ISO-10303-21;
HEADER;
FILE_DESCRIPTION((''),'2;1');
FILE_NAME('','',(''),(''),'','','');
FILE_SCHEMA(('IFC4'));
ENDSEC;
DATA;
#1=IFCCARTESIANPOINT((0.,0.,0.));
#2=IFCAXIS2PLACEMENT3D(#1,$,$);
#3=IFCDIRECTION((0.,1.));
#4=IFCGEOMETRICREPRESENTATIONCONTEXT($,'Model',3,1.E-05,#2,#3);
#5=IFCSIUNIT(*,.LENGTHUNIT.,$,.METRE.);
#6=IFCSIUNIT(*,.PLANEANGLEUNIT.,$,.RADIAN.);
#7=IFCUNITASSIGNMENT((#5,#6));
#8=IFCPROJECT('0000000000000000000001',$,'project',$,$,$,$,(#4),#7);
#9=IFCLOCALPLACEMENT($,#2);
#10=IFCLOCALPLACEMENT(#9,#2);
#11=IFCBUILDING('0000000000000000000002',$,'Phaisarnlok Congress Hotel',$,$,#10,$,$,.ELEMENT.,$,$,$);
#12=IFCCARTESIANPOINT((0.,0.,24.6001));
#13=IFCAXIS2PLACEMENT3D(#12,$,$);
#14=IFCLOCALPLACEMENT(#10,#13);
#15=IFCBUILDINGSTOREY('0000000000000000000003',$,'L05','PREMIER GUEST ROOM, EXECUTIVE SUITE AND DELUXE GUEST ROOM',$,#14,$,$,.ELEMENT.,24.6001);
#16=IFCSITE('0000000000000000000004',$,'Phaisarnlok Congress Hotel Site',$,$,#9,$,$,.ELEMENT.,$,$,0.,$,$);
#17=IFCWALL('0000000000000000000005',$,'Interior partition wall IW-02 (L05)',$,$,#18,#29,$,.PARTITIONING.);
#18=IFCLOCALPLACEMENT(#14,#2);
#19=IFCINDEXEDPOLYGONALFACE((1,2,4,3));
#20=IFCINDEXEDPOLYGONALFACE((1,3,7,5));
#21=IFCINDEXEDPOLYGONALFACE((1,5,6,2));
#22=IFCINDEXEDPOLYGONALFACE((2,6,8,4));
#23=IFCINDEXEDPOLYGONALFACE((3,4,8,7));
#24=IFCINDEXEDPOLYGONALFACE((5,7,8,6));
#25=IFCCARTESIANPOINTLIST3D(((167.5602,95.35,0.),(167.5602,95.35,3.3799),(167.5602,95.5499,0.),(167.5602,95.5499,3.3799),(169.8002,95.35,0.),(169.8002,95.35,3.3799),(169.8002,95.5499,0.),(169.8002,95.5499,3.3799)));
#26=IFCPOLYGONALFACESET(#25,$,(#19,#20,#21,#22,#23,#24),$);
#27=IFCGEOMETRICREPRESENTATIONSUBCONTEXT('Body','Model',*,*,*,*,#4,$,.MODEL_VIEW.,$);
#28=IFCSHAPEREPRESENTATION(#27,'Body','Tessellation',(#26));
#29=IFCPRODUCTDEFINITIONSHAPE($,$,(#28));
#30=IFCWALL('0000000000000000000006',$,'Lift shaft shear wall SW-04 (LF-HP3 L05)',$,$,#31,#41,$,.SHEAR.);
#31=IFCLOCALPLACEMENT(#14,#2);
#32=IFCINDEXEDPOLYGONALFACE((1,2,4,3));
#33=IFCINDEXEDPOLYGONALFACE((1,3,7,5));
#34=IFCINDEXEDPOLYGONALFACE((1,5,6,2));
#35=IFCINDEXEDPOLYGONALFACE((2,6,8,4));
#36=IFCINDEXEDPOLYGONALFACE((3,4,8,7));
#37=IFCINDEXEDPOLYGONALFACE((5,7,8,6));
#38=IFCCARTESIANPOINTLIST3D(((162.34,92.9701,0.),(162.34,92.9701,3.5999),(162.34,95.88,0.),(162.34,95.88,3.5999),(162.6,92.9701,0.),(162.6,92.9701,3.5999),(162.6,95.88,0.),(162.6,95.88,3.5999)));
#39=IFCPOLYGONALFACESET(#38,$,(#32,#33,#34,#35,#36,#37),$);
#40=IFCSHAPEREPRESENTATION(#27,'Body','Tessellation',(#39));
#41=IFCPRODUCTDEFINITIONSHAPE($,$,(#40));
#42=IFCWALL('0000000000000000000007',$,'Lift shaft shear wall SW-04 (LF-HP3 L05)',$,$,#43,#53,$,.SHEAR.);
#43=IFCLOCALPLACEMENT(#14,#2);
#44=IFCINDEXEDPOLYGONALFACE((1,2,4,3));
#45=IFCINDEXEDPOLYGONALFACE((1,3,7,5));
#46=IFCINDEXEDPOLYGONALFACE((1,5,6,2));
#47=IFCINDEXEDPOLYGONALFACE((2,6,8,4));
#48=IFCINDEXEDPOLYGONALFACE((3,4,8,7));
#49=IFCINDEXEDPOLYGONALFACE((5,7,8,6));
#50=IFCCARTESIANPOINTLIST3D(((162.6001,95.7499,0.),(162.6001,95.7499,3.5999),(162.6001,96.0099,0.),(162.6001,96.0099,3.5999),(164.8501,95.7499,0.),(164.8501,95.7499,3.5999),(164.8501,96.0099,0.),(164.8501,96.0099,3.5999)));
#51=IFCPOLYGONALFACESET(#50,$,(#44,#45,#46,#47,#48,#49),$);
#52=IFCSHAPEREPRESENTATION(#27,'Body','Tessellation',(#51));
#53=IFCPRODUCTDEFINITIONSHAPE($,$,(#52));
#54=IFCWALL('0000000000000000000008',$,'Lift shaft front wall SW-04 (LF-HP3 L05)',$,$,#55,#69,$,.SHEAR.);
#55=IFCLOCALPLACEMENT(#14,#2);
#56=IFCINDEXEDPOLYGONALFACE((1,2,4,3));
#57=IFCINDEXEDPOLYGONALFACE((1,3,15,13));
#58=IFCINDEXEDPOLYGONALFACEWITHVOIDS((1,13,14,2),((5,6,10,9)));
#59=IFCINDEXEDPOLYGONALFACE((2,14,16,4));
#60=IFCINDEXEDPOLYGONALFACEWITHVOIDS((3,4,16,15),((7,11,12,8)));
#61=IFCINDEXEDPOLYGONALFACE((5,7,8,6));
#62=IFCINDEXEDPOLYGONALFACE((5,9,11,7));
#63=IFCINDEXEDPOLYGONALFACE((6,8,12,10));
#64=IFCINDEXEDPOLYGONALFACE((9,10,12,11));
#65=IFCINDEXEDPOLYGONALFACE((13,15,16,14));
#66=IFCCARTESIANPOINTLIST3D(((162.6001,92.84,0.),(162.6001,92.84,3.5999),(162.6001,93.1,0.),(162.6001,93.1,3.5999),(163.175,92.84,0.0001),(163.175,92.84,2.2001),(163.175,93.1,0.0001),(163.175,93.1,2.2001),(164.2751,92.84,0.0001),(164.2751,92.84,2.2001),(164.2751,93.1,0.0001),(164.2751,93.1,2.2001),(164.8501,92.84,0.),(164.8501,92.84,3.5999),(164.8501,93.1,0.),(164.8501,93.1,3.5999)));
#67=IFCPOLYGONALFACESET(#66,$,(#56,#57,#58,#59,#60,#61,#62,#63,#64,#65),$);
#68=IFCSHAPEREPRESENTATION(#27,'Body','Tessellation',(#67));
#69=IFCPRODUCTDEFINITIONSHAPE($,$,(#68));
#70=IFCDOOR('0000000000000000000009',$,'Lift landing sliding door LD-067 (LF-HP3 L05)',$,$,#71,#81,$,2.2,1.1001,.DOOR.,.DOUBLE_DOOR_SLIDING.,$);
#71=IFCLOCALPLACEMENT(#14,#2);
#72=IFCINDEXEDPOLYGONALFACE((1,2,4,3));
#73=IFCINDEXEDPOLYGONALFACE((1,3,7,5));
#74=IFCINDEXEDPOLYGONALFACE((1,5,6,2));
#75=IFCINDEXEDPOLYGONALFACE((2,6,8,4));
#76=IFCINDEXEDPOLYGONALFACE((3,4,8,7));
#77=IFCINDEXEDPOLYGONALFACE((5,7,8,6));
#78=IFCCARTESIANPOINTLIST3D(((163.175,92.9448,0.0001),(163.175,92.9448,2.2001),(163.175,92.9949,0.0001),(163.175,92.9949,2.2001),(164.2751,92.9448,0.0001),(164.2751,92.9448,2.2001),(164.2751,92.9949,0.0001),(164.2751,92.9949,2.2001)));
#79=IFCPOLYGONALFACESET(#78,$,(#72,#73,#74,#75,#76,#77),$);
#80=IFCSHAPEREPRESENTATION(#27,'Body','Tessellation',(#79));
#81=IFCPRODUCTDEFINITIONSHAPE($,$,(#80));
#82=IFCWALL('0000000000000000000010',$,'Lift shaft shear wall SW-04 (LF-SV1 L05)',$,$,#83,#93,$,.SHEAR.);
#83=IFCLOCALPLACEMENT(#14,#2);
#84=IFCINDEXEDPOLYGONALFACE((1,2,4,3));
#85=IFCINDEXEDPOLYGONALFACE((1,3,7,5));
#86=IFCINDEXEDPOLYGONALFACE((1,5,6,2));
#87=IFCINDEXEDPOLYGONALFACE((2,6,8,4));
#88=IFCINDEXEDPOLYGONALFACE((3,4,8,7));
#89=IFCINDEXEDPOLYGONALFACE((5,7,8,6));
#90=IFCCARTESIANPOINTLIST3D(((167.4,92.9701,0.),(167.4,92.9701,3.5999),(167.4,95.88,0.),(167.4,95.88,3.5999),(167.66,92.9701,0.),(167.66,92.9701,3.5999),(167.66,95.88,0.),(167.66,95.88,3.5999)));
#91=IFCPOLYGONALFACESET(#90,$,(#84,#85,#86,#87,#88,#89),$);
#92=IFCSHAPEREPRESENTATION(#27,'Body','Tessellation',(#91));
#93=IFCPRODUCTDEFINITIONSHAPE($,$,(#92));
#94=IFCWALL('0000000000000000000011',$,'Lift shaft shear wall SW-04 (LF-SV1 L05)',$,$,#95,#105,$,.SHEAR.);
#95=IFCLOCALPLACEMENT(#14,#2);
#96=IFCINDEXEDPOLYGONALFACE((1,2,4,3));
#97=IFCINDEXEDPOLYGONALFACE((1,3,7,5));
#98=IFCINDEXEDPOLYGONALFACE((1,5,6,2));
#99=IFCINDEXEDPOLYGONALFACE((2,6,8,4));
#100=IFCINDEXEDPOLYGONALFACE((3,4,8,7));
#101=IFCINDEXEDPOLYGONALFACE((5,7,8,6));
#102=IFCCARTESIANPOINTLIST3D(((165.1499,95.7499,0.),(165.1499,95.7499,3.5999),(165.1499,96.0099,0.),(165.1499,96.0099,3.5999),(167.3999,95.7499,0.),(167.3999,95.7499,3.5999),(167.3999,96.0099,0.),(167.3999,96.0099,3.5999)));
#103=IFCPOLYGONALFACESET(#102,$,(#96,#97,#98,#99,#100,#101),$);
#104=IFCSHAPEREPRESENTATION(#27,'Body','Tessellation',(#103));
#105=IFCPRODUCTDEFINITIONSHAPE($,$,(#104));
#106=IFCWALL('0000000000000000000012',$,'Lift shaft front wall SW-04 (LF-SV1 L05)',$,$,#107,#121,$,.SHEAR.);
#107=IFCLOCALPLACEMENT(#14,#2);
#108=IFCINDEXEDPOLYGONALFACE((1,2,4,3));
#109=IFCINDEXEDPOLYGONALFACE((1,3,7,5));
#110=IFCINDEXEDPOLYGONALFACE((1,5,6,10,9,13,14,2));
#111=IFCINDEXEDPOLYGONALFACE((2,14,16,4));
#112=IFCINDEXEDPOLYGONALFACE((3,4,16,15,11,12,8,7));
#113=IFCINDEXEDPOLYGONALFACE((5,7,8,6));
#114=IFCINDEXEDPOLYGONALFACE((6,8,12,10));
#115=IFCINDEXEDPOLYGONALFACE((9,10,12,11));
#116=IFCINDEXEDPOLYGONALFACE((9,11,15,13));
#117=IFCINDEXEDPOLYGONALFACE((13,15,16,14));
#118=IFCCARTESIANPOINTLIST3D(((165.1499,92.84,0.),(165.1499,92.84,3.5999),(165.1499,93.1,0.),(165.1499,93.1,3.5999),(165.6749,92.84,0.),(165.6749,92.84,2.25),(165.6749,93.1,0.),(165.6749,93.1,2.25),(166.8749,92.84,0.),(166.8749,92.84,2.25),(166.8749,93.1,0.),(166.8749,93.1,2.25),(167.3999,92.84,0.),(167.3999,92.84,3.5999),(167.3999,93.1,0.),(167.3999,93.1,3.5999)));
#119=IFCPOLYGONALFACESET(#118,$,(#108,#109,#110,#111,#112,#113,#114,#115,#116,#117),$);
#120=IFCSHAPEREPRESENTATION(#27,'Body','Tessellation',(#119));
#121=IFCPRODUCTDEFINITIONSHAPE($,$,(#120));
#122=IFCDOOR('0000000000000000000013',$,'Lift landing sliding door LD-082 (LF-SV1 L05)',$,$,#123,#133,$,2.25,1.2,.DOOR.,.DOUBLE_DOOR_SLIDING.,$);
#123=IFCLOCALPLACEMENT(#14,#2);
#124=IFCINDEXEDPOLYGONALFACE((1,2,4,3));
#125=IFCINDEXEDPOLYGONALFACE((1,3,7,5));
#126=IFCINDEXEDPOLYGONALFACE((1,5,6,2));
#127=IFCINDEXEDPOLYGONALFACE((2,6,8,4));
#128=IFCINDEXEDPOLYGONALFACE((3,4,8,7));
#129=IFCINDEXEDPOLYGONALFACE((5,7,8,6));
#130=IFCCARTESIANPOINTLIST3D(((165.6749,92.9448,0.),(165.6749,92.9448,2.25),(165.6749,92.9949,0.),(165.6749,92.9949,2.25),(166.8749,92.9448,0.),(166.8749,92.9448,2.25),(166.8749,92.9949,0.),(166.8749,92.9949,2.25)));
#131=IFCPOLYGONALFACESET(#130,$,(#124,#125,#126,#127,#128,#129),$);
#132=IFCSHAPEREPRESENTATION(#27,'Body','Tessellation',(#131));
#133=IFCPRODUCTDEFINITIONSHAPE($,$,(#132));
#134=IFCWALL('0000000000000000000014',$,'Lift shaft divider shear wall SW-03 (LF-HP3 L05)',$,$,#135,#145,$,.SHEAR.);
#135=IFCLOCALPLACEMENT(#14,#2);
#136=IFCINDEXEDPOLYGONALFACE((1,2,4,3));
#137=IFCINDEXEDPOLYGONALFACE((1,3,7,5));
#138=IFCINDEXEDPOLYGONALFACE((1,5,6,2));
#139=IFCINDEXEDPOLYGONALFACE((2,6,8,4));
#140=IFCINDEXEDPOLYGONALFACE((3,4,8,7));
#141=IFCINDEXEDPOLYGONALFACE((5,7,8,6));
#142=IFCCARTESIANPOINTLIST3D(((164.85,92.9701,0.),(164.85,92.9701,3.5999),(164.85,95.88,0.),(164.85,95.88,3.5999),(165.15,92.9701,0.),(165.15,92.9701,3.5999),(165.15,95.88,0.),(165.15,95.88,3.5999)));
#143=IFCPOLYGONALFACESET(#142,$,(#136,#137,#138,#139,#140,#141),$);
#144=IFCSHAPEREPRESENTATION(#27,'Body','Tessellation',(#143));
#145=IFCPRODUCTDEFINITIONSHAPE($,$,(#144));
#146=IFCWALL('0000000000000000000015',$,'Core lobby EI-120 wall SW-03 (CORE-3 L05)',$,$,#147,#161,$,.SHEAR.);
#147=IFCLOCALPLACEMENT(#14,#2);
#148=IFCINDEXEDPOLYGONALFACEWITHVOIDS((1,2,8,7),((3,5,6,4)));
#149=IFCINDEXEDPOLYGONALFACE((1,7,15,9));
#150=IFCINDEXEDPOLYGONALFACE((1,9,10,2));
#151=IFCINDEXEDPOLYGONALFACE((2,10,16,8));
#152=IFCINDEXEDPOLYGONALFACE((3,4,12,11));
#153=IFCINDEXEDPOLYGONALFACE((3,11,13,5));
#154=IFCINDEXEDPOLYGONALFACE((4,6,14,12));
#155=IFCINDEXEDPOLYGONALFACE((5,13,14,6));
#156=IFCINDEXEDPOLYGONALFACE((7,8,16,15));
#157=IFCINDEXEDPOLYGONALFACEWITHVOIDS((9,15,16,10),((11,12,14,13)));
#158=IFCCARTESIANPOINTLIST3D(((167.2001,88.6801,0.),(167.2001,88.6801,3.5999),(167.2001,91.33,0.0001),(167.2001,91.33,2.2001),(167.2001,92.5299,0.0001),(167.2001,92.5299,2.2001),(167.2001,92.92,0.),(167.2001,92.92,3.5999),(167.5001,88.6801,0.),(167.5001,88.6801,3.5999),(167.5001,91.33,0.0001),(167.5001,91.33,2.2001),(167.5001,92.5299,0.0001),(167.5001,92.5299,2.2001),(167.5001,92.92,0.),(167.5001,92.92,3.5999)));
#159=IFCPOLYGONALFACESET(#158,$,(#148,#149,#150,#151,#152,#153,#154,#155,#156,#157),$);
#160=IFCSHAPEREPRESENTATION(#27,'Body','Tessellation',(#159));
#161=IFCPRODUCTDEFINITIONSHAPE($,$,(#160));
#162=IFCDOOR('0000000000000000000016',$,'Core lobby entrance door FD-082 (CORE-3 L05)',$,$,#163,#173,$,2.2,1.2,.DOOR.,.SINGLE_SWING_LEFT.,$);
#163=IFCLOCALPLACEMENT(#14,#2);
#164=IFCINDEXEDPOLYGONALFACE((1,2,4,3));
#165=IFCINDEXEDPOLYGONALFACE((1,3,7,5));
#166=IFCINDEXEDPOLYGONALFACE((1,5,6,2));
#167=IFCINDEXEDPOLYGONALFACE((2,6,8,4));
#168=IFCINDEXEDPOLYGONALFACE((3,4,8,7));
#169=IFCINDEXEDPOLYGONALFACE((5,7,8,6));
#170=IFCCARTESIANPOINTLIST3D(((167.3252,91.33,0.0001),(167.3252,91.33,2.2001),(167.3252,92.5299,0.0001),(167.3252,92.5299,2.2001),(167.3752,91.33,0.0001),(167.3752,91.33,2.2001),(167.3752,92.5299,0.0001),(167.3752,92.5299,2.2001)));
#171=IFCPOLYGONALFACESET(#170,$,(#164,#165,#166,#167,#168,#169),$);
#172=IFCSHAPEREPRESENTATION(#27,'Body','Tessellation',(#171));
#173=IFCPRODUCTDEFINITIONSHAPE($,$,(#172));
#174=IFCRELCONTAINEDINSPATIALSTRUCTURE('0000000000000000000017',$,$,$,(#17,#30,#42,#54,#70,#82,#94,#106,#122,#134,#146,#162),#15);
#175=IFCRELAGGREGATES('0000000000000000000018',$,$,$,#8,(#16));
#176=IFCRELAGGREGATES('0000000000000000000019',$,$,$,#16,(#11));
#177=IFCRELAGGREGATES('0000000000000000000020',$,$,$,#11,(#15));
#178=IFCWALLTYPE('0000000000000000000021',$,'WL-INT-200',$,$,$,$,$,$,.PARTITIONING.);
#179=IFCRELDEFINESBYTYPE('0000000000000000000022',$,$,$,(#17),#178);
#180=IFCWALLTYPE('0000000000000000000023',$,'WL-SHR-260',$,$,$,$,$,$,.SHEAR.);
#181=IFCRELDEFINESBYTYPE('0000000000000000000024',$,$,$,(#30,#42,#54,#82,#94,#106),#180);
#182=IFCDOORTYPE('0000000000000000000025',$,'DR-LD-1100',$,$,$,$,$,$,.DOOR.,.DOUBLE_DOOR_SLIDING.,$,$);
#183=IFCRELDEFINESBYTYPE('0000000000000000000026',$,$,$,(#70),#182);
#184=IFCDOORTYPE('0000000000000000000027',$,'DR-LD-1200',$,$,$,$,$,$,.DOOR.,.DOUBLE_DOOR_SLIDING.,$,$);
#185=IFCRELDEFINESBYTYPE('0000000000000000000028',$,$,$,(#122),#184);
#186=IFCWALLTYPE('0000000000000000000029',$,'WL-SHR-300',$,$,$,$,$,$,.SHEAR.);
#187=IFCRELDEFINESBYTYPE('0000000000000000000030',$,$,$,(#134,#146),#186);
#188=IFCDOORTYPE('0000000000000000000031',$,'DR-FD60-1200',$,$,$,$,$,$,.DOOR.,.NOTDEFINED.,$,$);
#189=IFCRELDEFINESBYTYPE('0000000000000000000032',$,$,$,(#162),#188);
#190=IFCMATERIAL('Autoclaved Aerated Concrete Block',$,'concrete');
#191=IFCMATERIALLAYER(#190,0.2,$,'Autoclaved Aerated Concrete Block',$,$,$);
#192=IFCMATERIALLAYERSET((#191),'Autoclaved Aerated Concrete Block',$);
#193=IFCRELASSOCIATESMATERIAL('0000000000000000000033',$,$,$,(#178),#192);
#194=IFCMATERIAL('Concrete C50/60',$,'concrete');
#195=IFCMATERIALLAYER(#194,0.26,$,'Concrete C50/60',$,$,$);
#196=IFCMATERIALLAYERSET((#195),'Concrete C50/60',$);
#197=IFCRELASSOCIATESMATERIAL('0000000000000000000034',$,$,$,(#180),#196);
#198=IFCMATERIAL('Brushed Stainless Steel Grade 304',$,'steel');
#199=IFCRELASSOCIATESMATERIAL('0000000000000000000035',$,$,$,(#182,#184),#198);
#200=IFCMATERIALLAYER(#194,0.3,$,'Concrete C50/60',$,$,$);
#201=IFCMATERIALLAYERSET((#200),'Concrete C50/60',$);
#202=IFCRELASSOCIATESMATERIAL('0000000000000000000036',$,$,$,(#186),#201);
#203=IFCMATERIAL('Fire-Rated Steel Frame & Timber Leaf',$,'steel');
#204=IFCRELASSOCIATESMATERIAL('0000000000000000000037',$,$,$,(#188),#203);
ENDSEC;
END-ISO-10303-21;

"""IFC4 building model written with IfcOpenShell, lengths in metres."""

from ifc_helpers import new_model, si_unit, direction, frame, frame_2d, origin, place, context, subcontext, project, spatial, rectangle, extrude, material, layer, layer_set, type_object, element, fill, save


model = new_model("IFC4")

# Units and contexts
model_context = context("Model", 3, precision=1e-05, world=origin(), true_north=direction((0.0, 1.0)))
body_context = subcontext(model_context, "Body", "Model", "MODEL_VIEW")
ifc_project = project(units=[si_unit("LENGTHUNIT", "METRE"), si_unit("PLANEANGLEUNIT", "RADIAN")], contexts=[model_context])

# Site, building, storey
site_placement = place(None, origin())
site = spatial("IfcSite", under=ifc_project, at=site_placement, Name="Phaisarnlok Congress Hotel Site", CompositionType="ELEMENT", RefElevation=0.0)
building_placement = place(site_placement, origin())
building = spatial("IfcBuilding", under=site, at=building_placement, Name="Phaisarnlok Congress Hotel", CompositionType="ELEMENT")
storey_placement = place(building_placement, frame((0.0, 0.0, 24.6001)))
storey = spatial("IfcBuildingStorey", under=building, at=storey_placement, Name="L05", Description="PREMIER GUEST ROOM, EXECUTIVE SUITE AND DELUXE GUEST ROOM", CompositionType="ELEMENT", Elevation=24.6001)

# Shared definitions
ifc_material_1 = material(Name="Concrete C50/60", Category="concrete")

# Wall
ifc_material_2 = material(Name="Autoclaved Aerated Concrete Block", Category="concrete")
ifc_layer_1 = layer(ifc_material_2, 0.2, Name="Autoclaved Aerated Concrete Block")
ifc_layer_set_1 = layer_set([ifc_layer_1], Name="Autoclaved Aerated Concrete Block")
wall_type_1 = type_object("IfcWallType", Name="WL-INT-200", PredefinedType="PARTITIONING", material=ifc_layer_set_1)
wall_1_placement = place(storey_placement, frame((167.5601, 95.45, 0.0), z_axis=(0.0, 0.0, 1.0), x_axis=(1.0, 0.0, 0.0)))
element("IfcWall", 1, at=wall_1_placement, inside=storey, type_object=wall_type_1, Name="Interior partition wall IW-02 (L05)", PredefinedType="PARTITIONING", context=body_context, shape_type="SweptSolid", body=[
    extrude(rectangle(XDim=2.24, YDim=0.2, at=frame_2d((1.1201, 0.0))), origin(), (0.0, 0.0, 1.0), 3.3799),
])

# Shared definitions
ifc_layer_2 = layer(ifc_material_1, 0.26, Name="Concrete C50/60")
ifc_layer_set_2 = layer_set([ifc_layer_2], Name="Concrete C50/60")
wall_type_2 = type_object("IfcWallType", Name="WL-SHR-260", PredefinedType="SHEAR", material=ifc_layer_set_2)
ifc_material_3 = material(Name="Fire-Rated Steel Frame & Timber Leaf", Category="steel")

# Walls
wall_2_placement = place(storey_placement, frame((162.47, 92.97, 0.0), z_axis=(0.0, 0.0, 1.0), x_axis=(0.0, 1.0, 0.0)))
element("IfcWall", 2, at=wall_2_placement, inside=storey, type_object=wall_type_2, Name="Lift shaft shear wall SW-04 (LF-HP3 L05)", PredefinedType="SHEAR", context=body_context, shape_type="SweptSolid", body=[
    extrude(rectangle(XDim=2.9099, YDim=0.26, at=frame_2d((1.4551, 0.0))), origin(), (0.0, 0.0, 1.0), 3.5999),
])
wall_3_placement = place(storey_placement, frame((162.6001, 95.8799, 0.0), z_axis=(0.0, 0.0, 1.0), x_axis=(1.0, 0.0, 0.0)))
element("IfcWall", 3, at=wall_3_placement, inside=storey, type_object=wall_type_2, Name="Lift shaft shear wall SW-04 (LF-HP3 L05)", PredefinedType="SHEAR", context=body_context, shape_type="SweptSolid", body=[
    extrude(rectangle(XDim=2.25, YDim=0.26, at=frame_2d((1.125, 0.0))), origin(), (0.0, 0.0, 1.0), 3.5999),
])

# Wall, opening, door
wall_4_placement = place(storey_placement, frame((162.6001, 92.97, 0.0), z_axis=(0.0, 0.0, 1.0), x_axis=(1.0, 0.0, 0.0)))
wall_4 = element("IfcWall", 4, at=wall_4_placement, inside=storey, type_object=wall_type_2, Name="Lift shaft front wall SW-04 (LF-HP3 L05)", PredefinedType="SHEAR", context=body_context, shape_type="SweptSolid", body=[
    extrude(rectangle(XDim=2.25, YDim=0.26, at=frame_2d((1.125, 0.0))), origin(), (0.0, 0.0, 1.0), 3.5999),
])
opening_1_placement = place(wall_4_placement, frame((0.575, 0.0, 0.0)))
opening_1 = element("IfcOpeningElement", 5, at=opening_1_placement, cuts=wall_4, PredefinedType="OPENING", context=body_context, shape_type="SweptSolid", body=[
    extrude(rectangle(XDim=1.1001, YDim=2.2, at=frame_2d((0.55, 1.1001))), frame((0.0, 0.1401, 0.0), z_axis=(0.0, -1.0, 0.0), x_axis=(1.0, 0.0, 0.0)), (0.0, 0.0, 1.0), 0.28),
])
ifc_material_4 = material(Name="Brushed Stainless Steel Grade 304", Category="steel")
door_type_1 = type_object("IfcDoorType", Name="DR-LD-1100", OperationType="DOUBLE_DOOR_SLIDING", PredefinedType="DOOR", material=ifc_material_4)
door_1_placement = place(opening_1_placement, origin())
door_1 = element("IfcDoor", 6, at=door_1_placement, inside=storey, type_object=door_type_1, Name="Lift landing sliding door LD-067 (LF-HP3 L05)", OperationType="DOUBLE_DOOR_SLIDING", OverallHeight=2.2, OverallWidth=1.1001, PredefinedType="DOOR", context=body_context, shape_type="SweptSolid", body=[
    extrude(rectangle(XDim=1.1001, YDim=2.2, at=frame_2d((0.55, 1.1001))), frame((0.0, 0.0249, 0.0), z_axis=(0.0, -1.0, 0.0), x_axis=(1.0, 0.0, 0.0)), (0.0, 0.0, 1.0), 0.05),
])
fill(opening_1, door_1)

# Walls
wall_5_placement = place(storey_placement, frame((167.53, 92.97, 0.0), z_axis=(0.0, 0.0, 1.0), x_axis=(0.0, 1.0, 0.0)))
element("IfcWall", 7, at=wall_5_placement, inside=storey, type_object=wall_type_2, Name="Lift shaft shear wall SW-04 (LF-SV1 L05)", PredefinedType="SHEAR", context=body_context, shape_type="SweptSolid", body=[
    extrude(rectangle(XDim=2.9099, YDim=0.26, at=frame_2d((1.4551, 0.0))), origin(), (0.0, 0.0, 1.0), 3.5999),
])
wall_6_placement = place(storey_placement, frame((165.1499, 95.8799, 0.0), z_axis=(0.0, 0.0, 1.0), x_axis=(1.0, 0.0, 0.0)))
element("IfcWall", 8, at=wall_6_placement, inside=storey, type_object=wall_type_2, Name="Lift shaft shear wall SW-04 (LF-SV1 L05)", PredefinedType="SHEAR", context=body_context, shape_type="SweptSolid", body=[
    extrude(rectangle(XDim=2.25, YDim=0.26, at=frame_2d((1.125, 0.0))), origin(), (0.0, 0.0, 1.0), 3.5999),
])

# Wall, opening, door
wall_7_placement = place(storey_placement, frame((165.1499, 92.97, 0.0), z_axis=(0.0, 0.0, 1.0), x_axis=(1.0, 0.0, 0.0)))
wall_7 = element("IfcWall", 9, at=wall_7_placement, inside=storey, type_object=wall_type_2, Name="Lift shaft front wall SW-04 (LF-SV1 L05)", PredefinedType="SHEAR", context=body_context, shape_type="SweptSolid", body=[
    extrude(rectangle(XDim=2.25, YDim=0.26, at=frame_2d((1.125, 0.0))), origin(), (0.0, 0.0, 1.0), 3.5999),
])
opening_2_placement = place(wall_7_placement, frame((0.5249, 0.0, 0.0)))
opening_2 = element("IfcOpeningElement", 10, at=opening_2_placement, cuts=wall_7, PredefinedType="OPENING", context=body_context, shape_type="SweptSolid", body=[
    extrude(rectangle(XDim=1.2, YDim=2.25, at=frame_2d((0.6001, 1.125))), frame((0.0, 0.1401, 0.0), z_axis=(0.0, -1.0, 0.0), x_axis=(1.0, 0.0, 0.0)), (0.0, 0.0, 1.0), 0.28),
])
door_type_2 = type_object("IfcDoorType", Name="DR-LD-1200", OperationType="DOUBLE_DOOR_SLIDING", PredefinedType="DOOR", material=ifc_material_4)
door_2_placement = place(opening_2_placement, origin())
door_2 = element("IfcDoor", 11, at=door_2_placement, inside=storey, type_object=door_type_2, Name="Lift landing sliding door LD-082 (LF-SV1 L05)", OperationType="DOUBLE_DOOR_SLIDING", OverallHeight=2.25, OverallWidth=1.2, PredefinedType="DOOR", context=body_context, shape_type="SweptSolid", body=[
    extrude(rectangle(XDim=1.2, YDim=2.25, at=frame_2d((0.6001, 1.125))), frame((0.0, 0.0249, 0.0), z_axis=(0.0, -1.0, 0.0), x_axis=(1.0, 0.0, 0.0)), (0.0, 0.0, 1.0), 0.05),
])
fill(opening_2, door_2)

# Wall
ifc_layer_3 = layer(ifc_material_1, 0.3, Name="Concrete C50/60")
ifc_layer_set_3 = layer_set([ifc_layer_3], Name="Concrete C50/60")
wall_type_3 = type_object("IfcWallType", Name="WL-SHR-300", PredefinedType="SHEAR", material=ifc_layer_set_3)
wall_8_placement = place(storey_placement, frame((165.0, 92.97, 0.0), z_axis=(0.0, 0.0, 1.0), x_axis=(0.0, 1.0, 0.0)))
element("IfcWall", 12, at=wall_8_placement, inside=storey, type_object=wall_type_3, Name="Lift shaft divider shear wall SW-03 (LF-HP3 L05)", PredefinedType="SHEAR", context=body_context, shape_type="SweptSolid", body=[
    extrude(rectangle(XDim=2.9099, YDim=0.3, at=frame_2d((1.4551, 0.0))), origin(), (0.0, 0.0, 1.0), 3.5999),
])

# Wall, opening, door
wall_9_placement = place(storey_placement, frame((167.3501, 88.6799, 0.0), z_axis=(0.0, 0.0, 1.0), x_axis=(0.0, 1.0, 0.0)))
wall_9 = element("IfcWall", 13, at=wall_9_placement, inside=storey, type_object=wall_type_3, Name="Core lobby EI-120 wall SW-03 (CORE-3 L05)", PredefinedType="SHEAR", context=body_context, shape_type="SweptSolid", body=[
    extrude(rectangle(XDim=4.24, YDim=0.3, at=frame_2d((2.1201, 0.0))), origin(), (0.0, 0.0, 1.0), 3.5999),
])
opening_3_placement = place(wall_9_placement, frame((2.6499, 0.0, 0.0)))
opening_3 = element("IfcOpeningElement", 14, at=opening_3_placement, cuts=wall_9, PredefinedType="OPENING", context=body_context, shape_type="SweptSolid", body=[
    extrude(rectangle(XDim=1.2, YDim=2.2, at=frame_2d((0.6001, 1.1001))), frame((0.0, 0.1602, 0.0), z_axis=(0.0, -1.0, 0.0), x_axis=(1.0, 0.0, 0.0)), (0.0, 0.0, 1.0), 0.3201),
])
door_type_3 = type_object("IfcDoorType", Name="DR-FD60-1200", OperationType="NOTDEFINED", PredefinedType="DOOR", material=ifc_material_3)
door_3_placement = place(opening_3_placement, origin())
door_3 = element("IfcDoor", 15, at=door_3_placement, inside=storey, type_object=door_type_3, Name="Core lobby entrance door FD-082 (CORE-3 L05)", OperationType="SINGLE_SWING_LEFT", OverallHeight=2.2, OverallWidth=1.2, PredefinedType="DOOR", context=body_context, shape_type="SweptSolid", body=[
    extrude(rectangle(XDim=1.2, YDim=2.2, at=frame_2d((0.6001, 1.1001))), frame((0.0, 0.0249, 0.0), z_axis=(0.0, -1.0, 0.0), x_axis=(1.0, 0.0, 0.0)), (0.0, 0.0, 1.0), 0.05),
])
fill(opening_3, door_3)

save(model, "model.ifc")
